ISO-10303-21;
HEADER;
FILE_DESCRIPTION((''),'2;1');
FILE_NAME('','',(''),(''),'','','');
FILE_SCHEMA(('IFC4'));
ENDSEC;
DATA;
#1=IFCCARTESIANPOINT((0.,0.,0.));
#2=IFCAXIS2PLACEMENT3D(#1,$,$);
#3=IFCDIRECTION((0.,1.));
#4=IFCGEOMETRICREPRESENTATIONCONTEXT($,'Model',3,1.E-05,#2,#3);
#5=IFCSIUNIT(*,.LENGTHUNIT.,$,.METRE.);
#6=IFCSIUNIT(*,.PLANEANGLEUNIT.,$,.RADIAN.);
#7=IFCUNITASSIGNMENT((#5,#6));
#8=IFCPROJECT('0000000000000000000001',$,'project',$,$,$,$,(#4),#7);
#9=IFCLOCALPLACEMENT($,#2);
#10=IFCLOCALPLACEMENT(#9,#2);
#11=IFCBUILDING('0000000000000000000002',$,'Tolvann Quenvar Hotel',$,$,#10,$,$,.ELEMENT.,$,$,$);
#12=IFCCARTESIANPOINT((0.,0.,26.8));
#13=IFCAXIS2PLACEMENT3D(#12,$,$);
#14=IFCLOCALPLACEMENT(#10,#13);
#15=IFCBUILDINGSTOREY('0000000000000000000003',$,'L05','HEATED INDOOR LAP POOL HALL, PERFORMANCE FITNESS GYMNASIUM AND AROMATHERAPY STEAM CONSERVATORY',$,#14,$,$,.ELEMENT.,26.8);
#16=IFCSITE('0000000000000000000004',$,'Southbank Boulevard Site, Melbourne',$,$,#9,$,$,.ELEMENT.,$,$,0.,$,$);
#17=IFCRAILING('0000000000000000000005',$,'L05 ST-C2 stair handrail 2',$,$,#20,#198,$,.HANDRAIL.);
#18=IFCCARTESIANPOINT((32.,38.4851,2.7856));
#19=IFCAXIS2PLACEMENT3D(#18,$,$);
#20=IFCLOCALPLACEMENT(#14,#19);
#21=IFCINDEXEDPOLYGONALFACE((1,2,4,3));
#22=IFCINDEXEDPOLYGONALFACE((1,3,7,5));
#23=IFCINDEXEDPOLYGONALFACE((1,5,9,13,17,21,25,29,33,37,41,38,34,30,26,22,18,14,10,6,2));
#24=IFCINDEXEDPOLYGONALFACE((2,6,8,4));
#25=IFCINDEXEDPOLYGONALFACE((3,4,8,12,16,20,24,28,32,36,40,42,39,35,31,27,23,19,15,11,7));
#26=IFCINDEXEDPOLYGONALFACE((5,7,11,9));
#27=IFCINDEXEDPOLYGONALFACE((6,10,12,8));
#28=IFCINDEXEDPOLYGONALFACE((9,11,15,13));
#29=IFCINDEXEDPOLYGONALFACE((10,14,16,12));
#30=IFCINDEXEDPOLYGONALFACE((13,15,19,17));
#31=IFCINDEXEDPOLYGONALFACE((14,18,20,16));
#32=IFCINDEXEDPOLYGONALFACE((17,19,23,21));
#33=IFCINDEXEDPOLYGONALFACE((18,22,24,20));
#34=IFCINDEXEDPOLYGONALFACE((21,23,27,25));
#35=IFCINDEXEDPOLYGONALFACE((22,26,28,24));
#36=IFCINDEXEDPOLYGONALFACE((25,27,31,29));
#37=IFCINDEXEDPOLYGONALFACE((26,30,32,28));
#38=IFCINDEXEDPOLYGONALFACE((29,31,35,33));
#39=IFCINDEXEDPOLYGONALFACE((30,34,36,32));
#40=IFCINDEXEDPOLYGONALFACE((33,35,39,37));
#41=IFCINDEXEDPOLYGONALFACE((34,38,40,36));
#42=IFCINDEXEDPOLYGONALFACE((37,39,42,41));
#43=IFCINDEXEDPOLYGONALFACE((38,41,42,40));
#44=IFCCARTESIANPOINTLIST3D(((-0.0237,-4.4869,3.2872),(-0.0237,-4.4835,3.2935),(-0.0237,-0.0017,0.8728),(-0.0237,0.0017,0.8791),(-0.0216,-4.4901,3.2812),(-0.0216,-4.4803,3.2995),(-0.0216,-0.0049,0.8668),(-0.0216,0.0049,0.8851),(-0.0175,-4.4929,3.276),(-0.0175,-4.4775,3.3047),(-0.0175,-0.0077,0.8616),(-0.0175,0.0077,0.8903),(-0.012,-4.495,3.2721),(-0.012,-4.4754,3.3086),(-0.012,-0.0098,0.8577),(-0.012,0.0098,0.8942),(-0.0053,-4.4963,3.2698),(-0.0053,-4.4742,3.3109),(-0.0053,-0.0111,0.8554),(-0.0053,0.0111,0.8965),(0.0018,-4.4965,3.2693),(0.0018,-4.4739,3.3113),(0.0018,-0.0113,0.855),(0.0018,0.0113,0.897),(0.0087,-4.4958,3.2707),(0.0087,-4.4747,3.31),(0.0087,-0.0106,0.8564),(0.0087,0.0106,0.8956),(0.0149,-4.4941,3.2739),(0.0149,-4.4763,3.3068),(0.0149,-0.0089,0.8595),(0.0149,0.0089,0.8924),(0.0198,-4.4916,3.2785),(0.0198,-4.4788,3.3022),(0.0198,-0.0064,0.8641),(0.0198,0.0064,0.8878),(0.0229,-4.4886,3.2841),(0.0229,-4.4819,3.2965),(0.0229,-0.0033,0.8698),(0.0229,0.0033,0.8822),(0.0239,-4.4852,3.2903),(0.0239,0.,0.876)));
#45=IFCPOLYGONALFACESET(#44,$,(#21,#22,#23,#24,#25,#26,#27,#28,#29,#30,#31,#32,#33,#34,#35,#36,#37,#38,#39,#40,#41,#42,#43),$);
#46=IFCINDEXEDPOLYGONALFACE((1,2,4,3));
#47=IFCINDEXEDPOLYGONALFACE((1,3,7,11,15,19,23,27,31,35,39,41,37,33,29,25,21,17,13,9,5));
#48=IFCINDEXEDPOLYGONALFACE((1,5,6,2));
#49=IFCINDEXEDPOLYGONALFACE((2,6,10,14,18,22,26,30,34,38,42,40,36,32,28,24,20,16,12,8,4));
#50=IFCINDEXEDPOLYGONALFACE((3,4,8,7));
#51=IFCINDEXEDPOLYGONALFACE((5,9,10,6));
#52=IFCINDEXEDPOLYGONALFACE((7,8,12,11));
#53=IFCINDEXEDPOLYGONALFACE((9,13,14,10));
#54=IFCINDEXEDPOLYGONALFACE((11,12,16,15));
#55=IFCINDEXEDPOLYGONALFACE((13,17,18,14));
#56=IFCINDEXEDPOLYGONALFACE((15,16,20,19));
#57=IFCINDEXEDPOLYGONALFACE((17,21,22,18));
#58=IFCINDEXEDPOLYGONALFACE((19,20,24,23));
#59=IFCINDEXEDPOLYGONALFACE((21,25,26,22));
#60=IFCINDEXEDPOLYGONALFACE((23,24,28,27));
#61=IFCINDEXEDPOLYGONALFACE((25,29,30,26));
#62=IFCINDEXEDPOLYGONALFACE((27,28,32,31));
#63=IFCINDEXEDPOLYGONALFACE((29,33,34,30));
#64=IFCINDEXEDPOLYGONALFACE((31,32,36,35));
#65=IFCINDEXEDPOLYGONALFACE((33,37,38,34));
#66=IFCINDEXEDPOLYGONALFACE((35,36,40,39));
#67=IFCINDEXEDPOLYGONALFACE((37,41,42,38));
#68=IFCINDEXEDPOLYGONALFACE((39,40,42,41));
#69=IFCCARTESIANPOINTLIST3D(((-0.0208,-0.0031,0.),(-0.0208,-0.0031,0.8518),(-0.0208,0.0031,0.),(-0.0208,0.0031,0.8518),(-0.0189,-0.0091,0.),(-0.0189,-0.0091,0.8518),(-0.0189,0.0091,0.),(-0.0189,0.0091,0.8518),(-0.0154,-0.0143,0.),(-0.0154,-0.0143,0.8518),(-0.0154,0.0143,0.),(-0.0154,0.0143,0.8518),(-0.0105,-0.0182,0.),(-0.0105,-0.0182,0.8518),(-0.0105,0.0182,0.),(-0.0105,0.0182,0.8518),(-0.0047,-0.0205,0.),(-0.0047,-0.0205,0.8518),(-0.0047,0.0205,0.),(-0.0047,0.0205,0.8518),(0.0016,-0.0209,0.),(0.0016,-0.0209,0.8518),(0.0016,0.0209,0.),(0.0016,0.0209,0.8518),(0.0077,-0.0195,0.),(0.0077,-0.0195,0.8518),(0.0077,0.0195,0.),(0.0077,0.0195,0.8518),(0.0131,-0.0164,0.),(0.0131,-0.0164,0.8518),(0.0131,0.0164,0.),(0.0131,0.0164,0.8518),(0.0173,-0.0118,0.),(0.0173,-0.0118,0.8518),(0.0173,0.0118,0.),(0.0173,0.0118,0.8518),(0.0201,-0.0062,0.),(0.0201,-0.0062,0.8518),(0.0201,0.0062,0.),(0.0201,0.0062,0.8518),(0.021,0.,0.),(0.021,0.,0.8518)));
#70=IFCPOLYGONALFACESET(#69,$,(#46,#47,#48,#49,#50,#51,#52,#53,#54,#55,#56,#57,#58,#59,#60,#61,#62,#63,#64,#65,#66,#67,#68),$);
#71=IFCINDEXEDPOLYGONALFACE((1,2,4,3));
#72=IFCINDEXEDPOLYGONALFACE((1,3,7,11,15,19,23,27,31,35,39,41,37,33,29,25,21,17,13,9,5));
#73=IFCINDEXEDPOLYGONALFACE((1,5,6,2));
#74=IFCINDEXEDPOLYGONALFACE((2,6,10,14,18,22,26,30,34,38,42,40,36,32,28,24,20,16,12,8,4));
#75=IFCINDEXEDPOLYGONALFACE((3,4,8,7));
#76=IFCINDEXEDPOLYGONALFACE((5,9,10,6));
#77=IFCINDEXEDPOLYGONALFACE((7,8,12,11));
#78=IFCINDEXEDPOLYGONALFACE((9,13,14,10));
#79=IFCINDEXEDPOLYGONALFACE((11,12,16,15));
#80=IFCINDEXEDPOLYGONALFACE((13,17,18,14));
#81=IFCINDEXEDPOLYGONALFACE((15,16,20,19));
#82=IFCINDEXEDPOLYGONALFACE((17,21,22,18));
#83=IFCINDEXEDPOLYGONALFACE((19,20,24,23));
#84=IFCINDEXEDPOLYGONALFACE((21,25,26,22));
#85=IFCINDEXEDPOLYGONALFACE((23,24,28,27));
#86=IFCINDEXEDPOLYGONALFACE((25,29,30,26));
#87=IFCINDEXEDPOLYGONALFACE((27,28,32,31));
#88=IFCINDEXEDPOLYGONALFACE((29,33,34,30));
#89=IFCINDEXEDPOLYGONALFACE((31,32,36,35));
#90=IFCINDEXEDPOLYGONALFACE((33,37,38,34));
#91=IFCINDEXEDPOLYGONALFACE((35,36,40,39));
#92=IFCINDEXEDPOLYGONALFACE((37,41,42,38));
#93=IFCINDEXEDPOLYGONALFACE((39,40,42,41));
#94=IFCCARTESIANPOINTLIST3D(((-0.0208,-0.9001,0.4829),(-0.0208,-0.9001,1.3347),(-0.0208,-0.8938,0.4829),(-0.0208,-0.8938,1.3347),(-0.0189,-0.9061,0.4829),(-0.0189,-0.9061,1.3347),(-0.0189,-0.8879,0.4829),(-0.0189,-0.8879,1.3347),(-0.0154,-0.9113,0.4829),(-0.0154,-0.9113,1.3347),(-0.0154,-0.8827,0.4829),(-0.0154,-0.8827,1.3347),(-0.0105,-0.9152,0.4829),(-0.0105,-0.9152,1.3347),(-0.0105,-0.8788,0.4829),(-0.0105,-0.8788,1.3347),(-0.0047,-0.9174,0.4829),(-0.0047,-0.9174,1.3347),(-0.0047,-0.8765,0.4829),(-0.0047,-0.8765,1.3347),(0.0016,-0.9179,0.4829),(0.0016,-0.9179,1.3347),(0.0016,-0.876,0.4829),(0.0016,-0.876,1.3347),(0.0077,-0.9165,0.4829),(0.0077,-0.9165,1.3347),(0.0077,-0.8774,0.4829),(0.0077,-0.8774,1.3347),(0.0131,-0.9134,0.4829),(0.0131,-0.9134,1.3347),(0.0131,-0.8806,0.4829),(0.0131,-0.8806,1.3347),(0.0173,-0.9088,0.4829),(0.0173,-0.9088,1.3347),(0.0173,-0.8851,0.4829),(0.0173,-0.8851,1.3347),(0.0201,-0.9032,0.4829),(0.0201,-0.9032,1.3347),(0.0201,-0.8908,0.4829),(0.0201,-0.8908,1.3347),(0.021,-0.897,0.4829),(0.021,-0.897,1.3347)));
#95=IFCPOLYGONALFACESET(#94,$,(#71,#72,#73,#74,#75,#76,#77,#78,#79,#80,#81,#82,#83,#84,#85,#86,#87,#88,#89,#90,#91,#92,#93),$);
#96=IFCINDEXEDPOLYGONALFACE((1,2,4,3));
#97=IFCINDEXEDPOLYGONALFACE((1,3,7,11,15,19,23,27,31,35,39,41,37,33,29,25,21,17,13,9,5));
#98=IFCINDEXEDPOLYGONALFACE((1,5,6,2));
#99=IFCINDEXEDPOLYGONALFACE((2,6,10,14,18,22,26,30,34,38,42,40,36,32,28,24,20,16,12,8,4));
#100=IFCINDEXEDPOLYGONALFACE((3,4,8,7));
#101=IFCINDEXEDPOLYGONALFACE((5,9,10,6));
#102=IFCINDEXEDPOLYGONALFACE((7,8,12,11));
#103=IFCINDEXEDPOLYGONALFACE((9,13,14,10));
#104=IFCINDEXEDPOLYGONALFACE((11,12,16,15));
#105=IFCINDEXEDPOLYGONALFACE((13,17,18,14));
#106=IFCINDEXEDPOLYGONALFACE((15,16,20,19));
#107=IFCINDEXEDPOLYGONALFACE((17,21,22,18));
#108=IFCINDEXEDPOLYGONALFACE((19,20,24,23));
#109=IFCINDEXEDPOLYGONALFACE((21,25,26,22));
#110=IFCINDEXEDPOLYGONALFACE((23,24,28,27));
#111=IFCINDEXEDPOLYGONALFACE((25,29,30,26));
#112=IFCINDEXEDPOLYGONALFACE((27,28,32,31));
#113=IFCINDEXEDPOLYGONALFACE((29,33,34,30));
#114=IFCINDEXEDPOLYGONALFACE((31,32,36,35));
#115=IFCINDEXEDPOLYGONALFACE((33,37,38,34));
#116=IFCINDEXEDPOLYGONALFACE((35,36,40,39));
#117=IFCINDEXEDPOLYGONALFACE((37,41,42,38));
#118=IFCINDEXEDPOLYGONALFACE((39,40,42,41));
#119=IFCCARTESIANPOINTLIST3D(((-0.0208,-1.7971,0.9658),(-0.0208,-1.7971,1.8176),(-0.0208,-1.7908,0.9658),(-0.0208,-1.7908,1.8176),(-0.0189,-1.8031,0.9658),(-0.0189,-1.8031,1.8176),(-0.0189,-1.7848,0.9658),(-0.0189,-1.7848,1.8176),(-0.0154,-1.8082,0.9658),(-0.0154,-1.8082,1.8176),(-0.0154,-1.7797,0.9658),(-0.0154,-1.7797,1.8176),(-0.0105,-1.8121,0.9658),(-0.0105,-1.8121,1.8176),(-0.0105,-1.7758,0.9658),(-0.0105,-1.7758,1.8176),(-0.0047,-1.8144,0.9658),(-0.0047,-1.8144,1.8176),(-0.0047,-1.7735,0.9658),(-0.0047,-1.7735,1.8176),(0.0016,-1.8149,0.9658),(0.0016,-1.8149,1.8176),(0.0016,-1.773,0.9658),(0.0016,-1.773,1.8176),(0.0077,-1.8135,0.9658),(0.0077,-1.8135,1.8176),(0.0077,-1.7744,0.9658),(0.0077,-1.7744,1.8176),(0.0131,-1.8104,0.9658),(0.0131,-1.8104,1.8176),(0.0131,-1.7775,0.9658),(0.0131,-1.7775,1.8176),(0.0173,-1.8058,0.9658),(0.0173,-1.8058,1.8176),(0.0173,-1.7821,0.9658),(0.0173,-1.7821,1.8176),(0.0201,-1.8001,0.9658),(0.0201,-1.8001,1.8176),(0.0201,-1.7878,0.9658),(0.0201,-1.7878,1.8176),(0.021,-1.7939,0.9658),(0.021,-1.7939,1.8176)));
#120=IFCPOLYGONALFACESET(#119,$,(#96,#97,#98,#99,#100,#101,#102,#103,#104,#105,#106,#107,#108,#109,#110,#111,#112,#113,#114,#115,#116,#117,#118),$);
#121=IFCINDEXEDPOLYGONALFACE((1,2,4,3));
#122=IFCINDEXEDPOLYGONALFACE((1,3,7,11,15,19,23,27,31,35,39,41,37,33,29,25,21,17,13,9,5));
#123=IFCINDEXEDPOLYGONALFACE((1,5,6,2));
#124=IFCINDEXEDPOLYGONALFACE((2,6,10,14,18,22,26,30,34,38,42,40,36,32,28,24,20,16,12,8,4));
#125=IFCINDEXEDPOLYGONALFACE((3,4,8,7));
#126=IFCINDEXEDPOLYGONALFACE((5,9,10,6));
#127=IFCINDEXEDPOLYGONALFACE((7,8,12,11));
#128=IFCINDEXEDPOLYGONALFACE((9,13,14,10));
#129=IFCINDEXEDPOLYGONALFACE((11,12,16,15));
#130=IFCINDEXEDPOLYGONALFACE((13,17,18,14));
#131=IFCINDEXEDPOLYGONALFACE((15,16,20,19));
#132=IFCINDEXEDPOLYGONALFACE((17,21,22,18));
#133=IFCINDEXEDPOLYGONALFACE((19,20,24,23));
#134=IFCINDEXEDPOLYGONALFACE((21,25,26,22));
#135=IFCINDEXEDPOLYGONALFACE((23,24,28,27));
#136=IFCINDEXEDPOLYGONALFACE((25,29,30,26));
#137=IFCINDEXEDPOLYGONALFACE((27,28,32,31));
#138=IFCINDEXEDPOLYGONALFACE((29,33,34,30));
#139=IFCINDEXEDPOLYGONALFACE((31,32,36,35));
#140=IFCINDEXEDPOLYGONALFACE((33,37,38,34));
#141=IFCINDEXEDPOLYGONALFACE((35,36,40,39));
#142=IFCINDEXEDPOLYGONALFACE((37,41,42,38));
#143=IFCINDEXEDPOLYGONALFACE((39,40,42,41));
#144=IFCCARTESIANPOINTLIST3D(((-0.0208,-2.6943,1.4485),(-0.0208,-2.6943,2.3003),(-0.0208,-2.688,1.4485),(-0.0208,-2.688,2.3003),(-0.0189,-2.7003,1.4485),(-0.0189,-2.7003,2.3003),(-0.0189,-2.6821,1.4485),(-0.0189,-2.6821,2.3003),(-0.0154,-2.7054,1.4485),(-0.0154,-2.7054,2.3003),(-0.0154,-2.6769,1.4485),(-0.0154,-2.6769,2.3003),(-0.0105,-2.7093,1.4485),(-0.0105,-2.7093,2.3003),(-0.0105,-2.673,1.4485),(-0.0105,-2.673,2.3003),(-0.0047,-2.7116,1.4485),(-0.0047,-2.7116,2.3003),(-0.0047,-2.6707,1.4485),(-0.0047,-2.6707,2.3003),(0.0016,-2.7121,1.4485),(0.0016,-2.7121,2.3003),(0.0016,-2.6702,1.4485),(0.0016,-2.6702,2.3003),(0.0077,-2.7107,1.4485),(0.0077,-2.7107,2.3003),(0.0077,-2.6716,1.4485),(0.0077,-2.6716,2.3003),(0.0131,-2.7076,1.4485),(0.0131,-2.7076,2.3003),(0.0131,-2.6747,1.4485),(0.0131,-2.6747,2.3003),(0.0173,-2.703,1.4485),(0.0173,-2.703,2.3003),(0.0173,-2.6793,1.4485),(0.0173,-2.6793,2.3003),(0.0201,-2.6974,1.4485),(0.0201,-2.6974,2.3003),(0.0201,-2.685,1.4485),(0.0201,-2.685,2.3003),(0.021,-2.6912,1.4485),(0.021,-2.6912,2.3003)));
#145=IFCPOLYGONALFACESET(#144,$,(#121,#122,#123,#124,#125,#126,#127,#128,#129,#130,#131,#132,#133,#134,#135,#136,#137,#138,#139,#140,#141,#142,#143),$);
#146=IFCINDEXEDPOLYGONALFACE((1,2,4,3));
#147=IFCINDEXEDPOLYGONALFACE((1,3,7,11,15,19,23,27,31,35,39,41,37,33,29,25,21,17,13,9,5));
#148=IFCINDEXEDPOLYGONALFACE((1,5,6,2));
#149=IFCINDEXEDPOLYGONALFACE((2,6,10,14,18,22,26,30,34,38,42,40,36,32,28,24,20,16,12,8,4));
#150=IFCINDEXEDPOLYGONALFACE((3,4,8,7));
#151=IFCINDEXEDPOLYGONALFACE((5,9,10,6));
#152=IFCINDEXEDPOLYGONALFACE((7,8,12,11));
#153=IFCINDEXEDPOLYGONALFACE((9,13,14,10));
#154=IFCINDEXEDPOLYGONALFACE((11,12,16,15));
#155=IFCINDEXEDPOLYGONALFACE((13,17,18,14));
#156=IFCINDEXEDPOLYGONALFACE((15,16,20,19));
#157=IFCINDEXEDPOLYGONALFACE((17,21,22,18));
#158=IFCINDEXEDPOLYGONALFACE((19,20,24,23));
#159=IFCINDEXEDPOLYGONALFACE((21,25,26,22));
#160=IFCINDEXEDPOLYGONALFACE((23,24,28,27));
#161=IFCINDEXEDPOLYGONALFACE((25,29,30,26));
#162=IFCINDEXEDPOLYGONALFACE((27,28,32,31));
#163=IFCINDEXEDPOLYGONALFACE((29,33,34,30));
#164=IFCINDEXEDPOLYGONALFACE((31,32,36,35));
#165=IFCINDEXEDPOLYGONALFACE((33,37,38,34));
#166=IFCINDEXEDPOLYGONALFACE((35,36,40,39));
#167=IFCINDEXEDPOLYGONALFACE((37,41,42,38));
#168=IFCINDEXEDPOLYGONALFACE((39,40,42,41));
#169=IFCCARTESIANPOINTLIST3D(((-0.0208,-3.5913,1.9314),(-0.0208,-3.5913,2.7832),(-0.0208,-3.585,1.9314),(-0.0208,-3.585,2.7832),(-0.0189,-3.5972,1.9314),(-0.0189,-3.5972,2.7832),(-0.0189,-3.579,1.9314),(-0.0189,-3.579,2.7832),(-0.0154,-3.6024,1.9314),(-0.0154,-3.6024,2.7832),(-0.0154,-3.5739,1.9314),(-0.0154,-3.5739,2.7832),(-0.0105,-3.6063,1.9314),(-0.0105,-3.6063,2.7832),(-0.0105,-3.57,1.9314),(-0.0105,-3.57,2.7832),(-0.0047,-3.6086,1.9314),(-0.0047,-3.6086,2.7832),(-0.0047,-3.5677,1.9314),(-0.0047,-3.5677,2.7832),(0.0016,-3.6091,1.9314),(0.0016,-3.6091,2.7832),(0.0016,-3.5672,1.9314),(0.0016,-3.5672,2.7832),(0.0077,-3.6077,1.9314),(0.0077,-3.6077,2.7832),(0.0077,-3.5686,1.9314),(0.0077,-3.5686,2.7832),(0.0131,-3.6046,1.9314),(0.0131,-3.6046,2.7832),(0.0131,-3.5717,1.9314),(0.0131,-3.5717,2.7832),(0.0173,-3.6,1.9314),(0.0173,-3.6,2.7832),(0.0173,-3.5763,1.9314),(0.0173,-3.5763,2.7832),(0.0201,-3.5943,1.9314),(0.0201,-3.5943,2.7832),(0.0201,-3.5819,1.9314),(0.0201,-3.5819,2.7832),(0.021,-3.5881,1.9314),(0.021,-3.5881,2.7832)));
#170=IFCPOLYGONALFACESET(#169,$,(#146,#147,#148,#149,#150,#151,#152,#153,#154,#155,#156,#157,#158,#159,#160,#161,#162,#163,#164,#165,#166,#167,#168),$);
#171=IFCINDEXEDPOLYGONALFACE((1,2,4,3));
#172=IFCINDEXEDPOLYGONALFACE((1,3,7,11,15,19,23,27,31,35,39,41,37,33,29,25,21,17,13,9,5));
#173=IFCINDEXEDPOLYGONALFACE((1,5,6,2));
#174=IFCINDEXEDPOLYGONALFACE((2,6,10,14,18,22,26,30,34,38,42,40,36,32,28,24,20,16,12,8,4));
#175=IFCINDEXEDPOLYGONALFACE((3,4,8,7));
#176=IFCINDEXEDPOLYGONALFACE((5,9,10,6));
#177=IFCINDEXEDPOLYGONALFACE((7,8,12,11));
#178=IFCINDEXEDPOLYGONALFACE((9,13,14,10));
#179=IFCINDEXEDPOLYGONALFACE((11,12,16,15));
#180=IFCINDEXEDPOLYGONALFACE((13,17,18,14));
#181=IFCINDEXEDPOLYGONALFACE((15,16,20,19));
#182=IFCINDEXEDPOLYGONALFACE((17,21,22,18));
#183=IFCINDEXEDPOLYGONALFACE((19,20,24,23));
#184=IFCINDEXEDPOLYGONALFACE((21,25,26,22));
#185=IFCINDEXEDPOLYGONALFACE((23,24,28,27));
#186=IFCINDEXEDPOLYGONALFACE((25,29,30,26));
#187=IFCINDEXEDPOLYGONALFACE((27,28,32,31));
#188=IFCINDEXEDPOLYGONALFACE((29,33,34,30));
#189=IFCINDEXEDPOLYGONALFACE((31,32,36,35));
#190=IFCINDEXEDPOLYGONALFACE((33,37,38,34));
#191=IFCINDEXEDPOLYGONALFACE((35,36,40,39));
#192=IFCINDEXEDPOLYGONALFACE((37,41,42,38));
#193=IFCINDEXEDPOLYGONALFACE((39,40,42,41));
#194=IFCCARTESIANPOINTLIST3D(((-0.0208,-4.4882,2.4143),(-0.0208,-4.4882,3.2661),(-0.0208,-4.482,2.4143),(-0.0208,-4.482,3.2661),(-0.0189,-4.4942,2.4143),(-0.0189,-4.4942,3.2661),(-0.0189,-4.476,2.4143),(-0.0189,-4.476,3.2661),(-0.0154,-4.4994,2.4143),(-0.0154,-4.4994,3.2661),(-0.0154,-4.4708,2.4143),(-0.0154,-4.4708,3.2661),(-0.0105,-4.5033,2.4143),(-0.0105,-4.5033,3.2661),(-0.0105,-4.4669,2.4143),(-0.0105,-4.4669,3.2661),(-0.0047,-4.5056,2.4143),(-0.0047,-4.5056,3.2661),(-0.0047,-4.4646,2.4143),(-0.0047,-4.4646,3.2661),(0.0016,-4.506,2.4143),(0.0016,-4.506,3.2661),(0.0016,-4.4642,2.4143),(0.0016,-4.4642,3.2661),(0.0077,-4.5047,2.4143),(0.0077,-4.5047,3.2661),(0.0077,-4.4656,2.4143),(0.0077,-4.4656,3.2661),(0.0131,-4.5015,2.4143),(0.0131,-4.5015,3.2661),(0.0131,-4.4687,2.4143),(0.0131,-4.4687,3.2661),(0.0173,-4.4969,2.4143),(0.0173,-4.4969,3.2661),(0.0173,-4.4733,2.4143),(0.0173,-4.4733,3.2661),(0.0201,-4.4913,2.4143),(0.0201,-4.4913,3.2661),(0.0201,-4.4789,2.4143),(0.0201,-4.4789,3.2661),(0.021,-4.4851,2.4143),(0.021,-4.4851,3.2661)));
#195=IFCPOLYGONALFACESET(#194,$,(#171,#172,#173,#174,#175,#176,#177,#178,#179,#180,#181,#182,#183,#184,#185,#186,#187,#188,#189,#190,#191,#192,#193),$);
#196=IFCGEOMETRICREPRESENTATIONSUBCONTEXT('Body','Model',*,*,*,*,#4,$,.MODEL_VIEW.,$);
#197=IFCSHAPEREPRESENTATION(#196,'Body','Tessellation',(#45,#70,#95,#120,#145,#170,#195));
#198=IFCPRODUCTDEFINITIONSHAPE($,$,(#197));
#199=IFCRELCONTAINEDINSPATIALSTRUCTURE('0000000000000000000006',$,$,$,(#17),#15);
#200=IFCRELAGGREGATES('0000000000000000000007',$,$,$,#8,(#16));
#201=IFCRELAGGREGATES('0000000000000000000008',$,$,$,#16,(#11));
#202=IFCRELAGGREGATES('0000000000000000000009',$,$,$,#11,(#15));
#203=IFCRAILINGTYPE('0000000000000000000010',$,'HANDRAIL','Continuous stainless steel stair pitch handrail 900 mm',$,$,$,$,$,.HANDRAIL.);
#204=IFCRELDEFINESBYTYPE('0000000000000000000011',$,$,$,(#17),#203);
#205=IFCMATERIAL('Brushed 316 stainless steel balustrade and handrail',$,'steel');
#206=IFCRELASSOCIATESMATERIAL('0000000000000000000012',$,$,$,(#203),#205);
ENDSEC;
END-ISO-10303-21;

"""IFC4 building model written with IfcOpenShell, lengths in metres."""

from ifc_helpers import new_model, si_unit, direction, frame, origin, origin_2d, place, context, subcontext, project, spatial, circle, extrude, material, type_object, element, save


model = new_model("IFC4")

# Units and contexts
model_context = context("Model", 3, precision=1e-05, world=origin(), true_north=direction((0.0, 1.0)))
body_context = subcontext(model_context, "Body", "Model", "MODEL_VIEW")
ifc_project = project(units=[si_unit("LENGTHUNIT", "METRE"), si_unit("PLANEANGLEUNIT", "RADIAN")], contexts=[model_context])

# Site, building, storey
site_placement = place(None, origin())
site = spatial("IfcSite", under=ifc_project, at=site_placement, Name="Southbank Boulevard Site, Melbourne", CompositionType="ELEMENT", RefElevation=0.0)
building_placement = place(site_placement, origin())
building = spatial("IfcBuilding", under=site, at=building_placement, Name="Tolvann Quenvar Hotel", CompositionType="ELEMENT")
storey_placement = place(building_placement, frame((0.0, 0.0, 26.8)))
storey = spatial("IfcBuildingStorey", under=building, at=storey_placement, Name="L05", Description="HEATED INDOOR LAP POOL HALL, PERFORMANCE FITNESS GYMNASIUM AND AROMATHERAPY STEAM CONSERVATORY", CompositionType="ELEMENT", Elevation=26.8)

# Railing
ifc_material_1 = material(Name="Brushed 316 stainless steel balustrade and handrail", Category="steel")
railing_type_1 = type_object("IfcRailingType", Name="HANDRAIL", Description="Continuous stainless steel stair pitch handrail 900 mm", PredefinedType="HANDRAIL", material=ifc_material_1)
railing_1_placement = place(storey_placement, frame((32.0, 38.4851, 2.7856)))
element("IfcRailing", 1, at=railing_1_placement, inside=storey, type_object=railing_type_1, Name="L05 ST-C2 stair handrail 2", PredefinedType="HANDRAIL", context=body_context, shape_type="SweptSolid", body=[
    extrude(circle(Radius=0.0239, at=origin_2d()), frame((0.0, 0.0, 0.876), z_axis=(0.0, -0.880533, 0.473985), x_axis=(1.0, 0.0, 0.0)), (0.0, 0.0, 1.0), 5.0938),
    extrude(circle(Radius=0.021, at=origin_2d()), origin(), (0.0, 0.0, 1.0), 0.8518),
    extrude(circle(Radius=0.021, at=origin_2d()), frame((0.0, -0.897, 0.4829)), (0.0, 0.0, 1.0), 0.8518),
    extrude(circle(Radius=0.021, at=origin_2d()), frame((0.0, -1.7939, 0.9658)), (0.0, 0.0, 1.0), 0.8518),
    extrude(circle(Radius=0.021, at=origin_2d()), frame((0.0, -2.6912, 1.4485)), (0.0, 0.0, 1.0), 0.8518),
    extrude(circle(Radius=0.021, at=origin_2d()), frame((0.0, -3.5881, 1.9314)), (0.0, 0.0, 1.0), 0.8518),
    extrude(circle(Radius=0.021, at=origin_2d()), frame((0.0, -4.4851, 2.4143)), (0.0, 0.0, 1.0), 0.8518),
])

save(model, "model.ifc")
